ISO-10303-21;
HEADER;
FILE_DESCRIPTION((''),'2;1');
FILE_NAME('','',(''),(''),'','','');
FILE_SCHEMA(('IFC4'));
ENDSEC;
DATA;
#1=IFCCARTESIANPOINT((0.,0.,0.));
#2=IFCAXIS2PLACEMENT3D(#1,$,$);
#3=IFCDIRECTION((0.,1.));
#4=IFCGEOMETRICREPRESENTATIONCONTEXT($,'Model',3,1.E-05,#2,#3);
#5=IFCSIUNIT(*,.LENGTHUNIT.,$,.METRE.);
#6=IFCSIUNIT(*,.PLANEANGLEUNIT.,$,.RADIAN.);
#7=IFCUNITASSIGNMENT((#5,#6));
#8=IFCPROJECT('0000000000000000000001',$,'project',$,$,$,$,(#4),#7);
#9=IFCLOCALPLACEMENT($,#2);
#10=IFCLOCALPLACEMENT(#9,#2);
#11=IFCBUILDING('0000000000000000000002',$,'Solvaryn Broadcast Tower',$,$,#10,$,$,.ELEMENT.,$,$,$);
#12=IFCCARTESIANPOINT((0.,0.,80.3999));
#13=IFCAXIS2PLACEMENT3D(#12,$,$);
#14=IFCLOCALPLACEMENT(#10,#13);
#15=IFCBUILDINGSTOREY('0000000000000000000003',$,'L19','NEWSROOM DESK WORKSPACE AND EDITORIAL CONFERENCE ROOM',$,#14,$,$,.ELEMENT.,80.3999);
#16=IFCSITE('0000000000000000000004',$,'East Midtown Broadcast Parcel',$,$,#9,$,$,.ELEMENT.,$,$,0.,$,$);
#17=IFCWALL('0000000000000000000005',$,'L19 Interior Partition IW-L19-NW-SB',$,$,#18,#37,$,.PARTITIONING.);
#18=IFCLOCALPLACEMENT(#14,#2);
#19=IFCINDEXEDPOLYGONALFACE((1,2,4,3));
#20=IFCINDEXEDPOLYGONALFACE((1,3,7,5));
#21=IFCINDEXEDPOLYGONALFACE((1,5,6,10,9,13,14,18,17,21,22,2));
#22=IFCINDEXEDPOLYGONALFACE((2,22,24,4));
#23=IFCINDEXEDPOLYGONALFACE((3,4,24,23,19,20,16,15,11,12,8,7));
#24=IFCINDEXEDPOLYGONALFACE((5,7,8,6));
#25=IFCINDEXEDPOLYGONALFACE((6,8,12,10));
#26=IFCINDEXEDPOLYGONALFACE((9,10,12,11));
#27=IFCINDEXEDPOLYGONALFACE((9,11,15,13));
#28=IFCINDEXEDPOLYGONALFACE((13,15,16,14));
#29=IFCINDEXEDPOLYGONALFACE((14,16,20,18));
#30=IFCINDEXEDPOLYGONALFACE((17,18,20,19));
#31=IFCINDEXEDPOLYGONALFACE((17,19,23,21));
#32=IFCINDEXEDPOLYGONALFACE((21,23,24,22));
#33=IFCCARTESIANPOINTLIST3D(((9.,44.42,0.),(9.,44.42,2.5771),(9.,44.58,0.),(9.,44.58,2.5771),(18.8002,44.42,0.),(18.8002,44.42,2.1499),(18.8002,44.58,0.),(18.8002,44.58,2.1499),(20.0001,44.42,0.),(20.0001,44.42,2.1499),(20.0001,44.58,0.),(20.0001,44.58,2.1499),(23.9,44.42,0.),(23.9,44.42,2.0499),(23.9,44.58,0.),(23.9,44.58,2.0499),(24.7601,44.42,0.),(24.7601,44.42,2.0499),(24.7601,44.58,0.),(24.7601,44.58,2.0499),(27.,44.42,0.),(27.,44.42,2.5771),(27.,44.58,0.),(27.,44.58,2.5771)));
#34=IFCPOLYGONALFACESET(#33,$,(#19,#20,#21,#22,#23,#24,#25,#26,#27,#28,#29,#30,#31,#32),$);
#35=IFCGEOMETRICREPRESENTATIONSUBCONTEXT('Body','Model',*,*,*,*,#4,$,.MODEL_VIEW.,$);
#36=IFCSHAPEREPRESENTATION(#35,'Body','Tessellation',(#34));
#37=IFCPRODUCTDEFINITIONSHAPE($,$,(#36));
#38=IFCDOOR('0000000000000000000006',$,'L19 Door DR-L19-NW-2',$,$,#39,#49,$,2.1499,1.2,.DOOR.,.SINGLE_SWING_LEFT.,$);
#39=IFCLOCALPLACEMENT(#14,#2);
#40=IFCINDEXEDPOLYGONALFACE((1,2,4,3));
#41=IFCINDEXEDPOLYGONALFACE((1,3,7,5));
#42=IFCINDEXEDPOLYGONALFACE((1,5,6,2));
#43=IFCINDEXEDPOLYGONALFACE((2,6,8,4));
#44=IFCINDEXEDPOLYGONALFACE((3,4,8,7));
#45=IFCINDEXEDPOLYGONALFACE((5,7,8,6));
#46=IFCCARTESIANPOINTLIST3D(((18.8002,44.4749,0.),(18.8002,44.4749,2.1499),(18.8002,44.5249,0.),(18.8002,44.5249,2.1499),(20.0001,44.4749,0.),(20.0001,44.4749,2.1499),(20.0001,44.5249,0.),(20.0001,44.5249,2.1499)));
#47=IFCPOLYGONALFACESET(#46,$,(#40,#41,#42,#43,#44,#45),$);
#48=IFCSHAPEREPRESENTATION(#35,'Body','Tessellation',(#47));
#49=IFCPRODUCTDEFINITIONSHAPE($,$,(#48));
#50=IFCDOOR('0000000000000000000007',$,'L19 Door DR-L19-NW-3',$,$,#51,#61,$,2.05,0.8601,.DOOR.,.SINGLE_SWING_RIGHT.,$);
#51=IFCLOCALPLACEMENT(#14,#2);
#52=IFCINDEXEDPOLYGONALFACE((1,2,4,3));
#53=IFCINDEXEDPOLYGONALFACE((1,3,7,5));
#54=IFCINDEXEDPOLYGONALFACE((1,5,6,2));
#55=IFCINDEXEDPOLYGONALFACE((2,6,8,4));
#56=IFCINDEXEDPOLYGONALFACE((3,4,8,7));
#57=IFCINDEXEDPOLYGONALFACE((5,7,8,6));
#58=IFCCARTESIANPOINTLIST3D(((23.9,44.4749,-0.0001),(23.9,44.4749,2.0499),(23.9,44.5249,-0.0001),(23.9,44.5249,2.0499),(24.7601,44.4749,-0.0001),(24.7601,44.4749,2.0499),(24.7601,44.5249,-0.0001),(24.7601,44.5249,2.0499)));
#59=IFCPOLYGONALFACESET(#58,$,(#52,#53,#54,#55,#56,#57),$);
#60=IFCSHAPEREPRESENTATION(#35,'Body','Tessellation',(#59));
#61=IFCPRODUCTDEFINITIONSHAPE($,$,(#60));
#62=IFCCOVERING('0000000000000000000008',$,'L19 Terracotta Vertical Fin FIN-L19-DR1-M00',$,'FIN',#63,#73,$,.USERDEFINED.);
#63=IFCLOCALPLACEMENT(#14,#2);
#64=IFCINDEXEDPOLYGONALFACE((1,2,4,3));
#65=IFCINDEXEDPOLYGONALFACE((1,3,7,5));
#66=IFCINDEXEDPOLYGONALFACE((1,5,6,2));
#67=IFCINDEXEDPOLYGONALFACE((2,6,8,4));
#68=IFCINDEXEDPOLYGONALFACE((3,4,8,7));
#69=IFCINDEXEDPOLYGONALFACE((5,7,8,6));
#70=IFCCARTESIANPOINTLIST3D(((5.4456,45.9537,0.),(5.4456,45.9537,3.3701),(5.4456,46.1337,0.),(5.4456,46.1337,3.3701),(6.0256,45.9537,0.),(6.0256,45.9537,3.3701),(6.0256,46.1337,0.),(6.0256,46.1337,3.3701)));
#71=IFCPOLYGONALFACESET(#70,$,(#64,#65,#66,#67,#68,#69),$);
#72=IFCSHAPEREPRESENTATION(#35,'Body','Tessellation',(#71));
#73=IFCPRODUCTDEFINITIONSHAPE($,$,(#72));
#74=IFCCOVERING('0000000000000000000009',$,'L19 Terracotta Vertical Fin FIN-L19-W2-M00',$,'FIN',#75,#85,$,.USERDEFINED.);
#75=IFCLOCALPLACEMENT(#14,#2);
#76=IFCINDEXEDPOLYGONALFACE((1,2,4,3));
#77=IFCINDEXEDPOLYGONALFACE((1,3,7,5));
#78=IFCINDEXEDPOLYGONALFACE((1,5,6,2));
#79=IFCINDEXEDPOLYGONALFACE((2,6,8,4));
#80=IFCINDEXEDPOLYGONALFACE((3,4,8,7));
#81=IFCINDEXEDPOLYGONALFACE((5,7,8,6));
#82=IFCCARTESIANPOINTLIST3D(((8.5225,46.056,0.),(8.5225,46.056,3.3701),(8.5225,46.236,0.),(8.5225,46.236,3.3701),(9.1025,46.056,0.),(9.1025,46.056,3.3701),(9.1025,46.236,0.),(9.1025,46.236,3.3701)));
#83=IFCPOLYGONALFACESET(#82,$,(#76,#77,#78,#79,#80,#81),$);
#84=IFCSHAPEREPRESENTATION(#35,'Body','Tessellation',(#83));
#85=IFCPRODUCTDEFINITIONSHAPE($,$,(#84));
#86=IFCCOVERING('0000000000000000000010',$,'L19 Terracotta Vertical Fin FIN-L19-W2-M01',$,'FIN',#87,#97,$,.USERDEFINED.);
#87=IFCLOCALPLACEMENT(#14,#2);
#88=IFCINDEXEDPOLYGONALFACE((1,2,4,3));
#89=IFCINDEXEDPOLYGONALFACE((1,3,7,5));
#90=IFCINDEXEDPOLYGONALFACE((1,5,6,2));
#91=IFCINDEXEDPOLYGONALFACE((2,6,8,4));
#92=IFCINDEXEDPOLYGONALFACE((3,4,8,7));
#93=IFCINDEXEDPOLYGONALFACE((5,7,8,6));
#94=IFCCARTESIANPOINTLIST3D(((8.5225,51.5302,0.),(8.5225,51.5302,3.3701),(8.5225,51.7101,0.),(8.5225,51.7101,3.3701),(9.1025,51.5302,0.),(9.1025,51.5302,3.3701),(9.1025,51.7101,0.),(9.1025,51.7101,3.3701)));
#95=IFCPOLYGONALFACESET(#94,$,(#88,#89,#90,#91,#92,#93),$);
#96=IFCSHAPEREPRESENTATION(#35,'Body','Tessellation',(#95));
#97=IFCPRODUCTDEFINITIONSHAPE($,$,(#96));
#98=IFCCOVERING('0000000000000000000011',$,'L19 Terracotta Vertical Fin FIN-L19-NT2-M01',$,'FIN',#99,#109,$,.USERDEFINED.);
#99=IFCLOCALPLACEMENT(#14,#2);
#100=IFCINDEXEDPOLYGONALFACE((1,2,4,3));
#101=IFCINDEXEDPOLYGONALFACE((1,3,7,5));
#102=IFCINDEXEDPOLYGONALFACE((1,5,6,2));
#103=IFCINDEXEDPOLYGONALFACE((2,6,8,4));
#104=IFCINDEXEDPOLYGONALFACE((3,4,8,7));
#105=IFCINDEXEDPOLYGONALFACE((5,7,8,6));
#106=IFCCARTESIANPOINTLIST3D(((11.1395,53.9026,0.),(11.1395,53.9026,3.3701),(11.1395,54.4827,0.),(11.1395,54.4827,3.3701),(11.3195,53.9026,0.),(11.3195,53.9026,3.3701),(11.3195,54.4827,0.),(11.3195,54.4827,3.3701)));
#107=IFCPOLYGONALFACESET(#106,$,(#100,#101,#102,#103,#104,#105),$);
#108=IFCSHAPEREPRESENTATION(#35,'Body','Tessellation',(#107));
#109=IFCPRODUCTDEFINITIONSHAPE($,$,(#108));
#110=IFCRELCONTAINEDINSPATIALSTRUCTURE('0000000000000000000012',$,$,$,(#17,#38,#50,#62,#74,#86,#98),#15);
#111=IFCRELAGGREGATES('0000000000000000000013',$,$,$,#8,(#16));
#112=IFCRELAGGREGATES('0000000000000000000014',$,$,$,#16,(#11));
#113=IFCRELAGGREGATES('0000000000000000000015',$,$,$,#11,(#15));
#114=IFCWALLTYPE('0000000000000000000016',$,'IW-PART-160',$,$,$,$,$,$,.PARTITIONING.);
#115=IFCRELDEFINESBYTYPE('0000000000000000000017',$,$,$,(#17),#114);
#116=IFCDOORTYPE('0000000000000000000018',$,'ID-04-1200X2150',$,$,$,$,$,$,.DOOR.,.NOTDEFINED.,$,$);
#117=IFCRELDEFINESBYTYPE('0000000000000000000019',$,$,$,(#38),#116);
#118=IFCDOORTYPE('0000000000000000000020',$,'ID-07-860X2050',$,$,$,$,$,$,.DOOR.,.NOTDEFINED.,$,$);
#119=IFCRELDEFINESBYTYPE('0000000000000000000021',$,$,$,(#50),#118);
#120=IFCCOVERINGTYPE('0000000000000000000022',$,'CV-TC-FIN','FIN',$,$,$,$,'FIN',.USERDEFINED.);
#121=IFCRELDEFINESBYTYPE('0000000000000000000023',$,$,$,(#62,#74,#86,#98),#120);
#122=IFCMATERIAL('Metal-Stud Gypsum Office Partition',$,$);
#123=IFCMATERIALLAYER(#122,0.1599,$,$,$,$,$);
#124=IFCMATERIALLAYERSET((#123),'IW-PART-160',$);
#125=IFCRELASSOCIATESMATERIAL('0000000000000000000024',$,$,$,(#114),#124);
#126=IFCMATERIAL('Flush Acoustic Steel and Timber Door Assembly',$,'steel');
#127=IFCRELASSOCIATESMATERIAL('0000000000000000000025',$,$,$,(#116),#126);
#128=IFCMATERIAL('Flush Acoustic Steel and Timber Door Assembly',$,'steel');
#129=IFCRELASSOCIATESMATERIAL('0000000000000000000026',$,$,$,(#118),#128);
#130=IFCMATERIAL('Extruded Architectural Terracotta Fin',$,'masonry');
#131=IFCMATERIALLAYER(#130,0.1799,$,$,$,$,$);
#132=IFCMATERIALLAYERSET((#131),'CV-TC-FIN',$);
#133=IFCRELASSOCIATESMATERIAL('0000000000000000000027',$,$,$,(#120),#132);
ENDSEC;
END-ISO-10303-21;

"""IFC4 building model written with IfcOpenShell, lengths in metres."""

from ifc_helpers import new_model, si_unit, direction, frame, frame_2d, origin, origin_2d, place, context, subcontext, project, spatial, rectangle, extrude, material, layer, layer_set, type_object, element, fill, save


model = new_model("IFC4")

# Units and contexts
model_context = context("Model", 3, precision=1e-05, world=origin(), true_north=direction((0.0, 1.0)))
body_context = subcontext(model_context, "Body", "Model", "MODEL_VIEW")
ifc_project = project(units=[si_unit("LENGTHUNIT", "METRE"), si_unit("PLANEANGLEUNIT", "RADIAN")], contexts=[model_context])

# Site, building, storey
site_placement = place(None, origin())
site = spatial("IfcSite", under=ifc_project, at=site_placement, Name="East Midtown Broadcast Parcel", CompositionType="ELEMENT", RefElevation=0.0)
building_placement = place(site_placement, origin())
building = spatial("IfcBuilding", under=site, at=building_placement, Name="Solvaryn Broadcast Tower", CompositionType="ELEMENT")
storey_placement = place(building_placement, frame((0.0, 0.0, 80.3999)))
storey = spatial("IfcBuildingStorey", under=building, at=storey_placement, Name="L19", Description="NEWSROOM DESK WORKSPACE AND EDITORIAL CONFERENCE ROOM", CompositionType="ELEMENT", Elevation=80.3999)

# Shared definitions
ifc_material_1 = material(Name="Metal-Stud Gypsum Office Partition")
ifc_layer_1 = layer(ifc_material_1, 0.1599)
ifc_layer_set_1 = layer_set([ifc_layer_1], Name="IW-PART-160")
wall_type_1 = type_object("IfcWallType", Name="IW-PART-160", PredefinedType="PARTITIONING", material=ifc_layer_set_1)

# Wall, openings, doors
wall_1_placement = place(storey_placement, frame((9.0, 44.5, 0.0), z_axis=(0.0, 0.0, 1.0), x_axis=(1.0, 0.0, 0.0)))
wall_1 = element("IfcWall", 1, at=wall_1_placement, inside=storey, type_object=wall_type_1, Name="L19 Interior Partition IW-L19-NW-SB", PredefinedType="PARTITIONING", context=body_context, shape_type="SweptSolid", body=[
    extrude(rectangle(XDim=18.0, YDim=0.1599, at=frame_2d((9.0, 0.0))), origin(), (0.0, 0.0, 1.0), 2.5771),
])
opening_1_placement = place(wall_1_placement, frame((9.8, 0.0, 0.0)))
opening_1 = element("IfcOpeningElement", 2, at=opening_1_placement, cuts=wall_1, PredefinedType="OPENING", context=body_context, shape_type="SweptSolid", body=[
    extrude(rectangle(XDim=1.2, YDim=2.1499, at=frame_2d((0.6001, 1.075))), frame((0.0, 0.0901, 0.0), z_axis=(0.0, -1.0, 0.0), x_axis=(1.0, 0.0, 0.0)), (0.0, 0.0, 1.0), 0.1799),
])
opening_2_placement = place(wall_1_placement, frame((14.8999, 0.0, 0.0)))
opening_2 = element("IfcOpeningElement", 3, at=opening_2_placement, cuts=wall_1, PredefinedType="OPENING", context=body_context, shape_type="SweptSolid", body=[
    extrude(rectangle(XDim=0.8601, YDim=2.05, at=frame_2d((0.4302, 1.0249))), frame((0.0, 0.0901, 0.0), z_axis=(0.0, -1.0, 0.0), x_axis=(1.0, 0.0, 0.0)), (0.0, 0.0, 1.0), 0.1799),
])
ifc_material_2 = material(Name="Flush Acoustic Steel and Timber Door Assembly", Category="steel")
door_type_1 = type_object("IfcDoorType", Name="ID-04-1200X2150", OperationType="NOTDEFINED", PredefinedType="DOOR", material=ifc_material_2)
door_1_placement = place(opening_1_placement, origin())
door_1 = element("IfcDoor", 4, at=door_1_placement, inside=storey, type_object=door_type_1, Name="L19 Door DR-L19-NW-2", OperationType="SINGLE_SWING_LEFT", OverallHeight=2.1499, OverallWidth=1.2, PredefinedType="DOOR", context=body_context, shape_type="SweptSolid", body=[
    extrude(rectangle(XDim=1.2, YDim=2.1499, at=frame_2d((0.6001, 1.075))), frame((0.0, 0.0249, 0.0), z_axis=(0.0, -1.0, 0.0), x_axis=(1.0, 0.0, 0.0)), (0.0, 0.0, 1.0), 0.05),
])
fill(opening_1, door_1)
ifc_material_3 = material(Name="Flush Acoustic Steel and Timber Door Assembly", Category="steel")
door_type_2 = type_object("IfcDoorType", Name="ID-07-860X2050", OperationType="NOTDEFINED", PredefinedType="DOOR", material=ifc_material_3)
door_2_placement = place(opening_2_placement, origin())
door_2 = element("IfcDoor", 5, at=door_2_placement, inside=storey, type_object=door_type_2, Name="L19 Door DR-L19-NW-3", OperationType="SINGLE_SWING_RIGHT", OverallHeight=2.05, OverallWidth=0.8601, PredefinedType="DOOR", context=body_context, shape_type="SweptSolid", body=[
    extrude(rectangle(XDim=0.8601, YDim=2.05, at=frame_2d((0.4302, 1.0249))), frame((0.0, 0.0249, 0.0), z_axis=(0.0, -1.0, 0.0), x_axis=(1.0, 0.0, 0.0)), (0.0, 0.0, 1.0), 0.05),
])
fill(opening_2, door_2)

# Coverings
ifc_material_4 = material(Name="Extruded Architectural Terracotta Fin", Category="masonry")
ifc_layer_2 = layer(ifc_material_4, 0.1799)
ifc_layer_set_2 = layer_set([ifc_layer_2], Name="CV-TC-FIN")
covering_type = type_object("IfcCoveringType", Name="CV-TC-FIN", Description="FIN", ElementType="FIN", PredefinedType="USERDEFINED", material=ifc_layer_set_2)
for number, where, z_axis, x_axis, name in (
    (6, (5.7356, 46.0437, 0.0), (0.0, 0.0, 1.0), (1.0, 0.0, 0.0), "L19 Terracotta Vertical Fin FIN-L19-DR1-M00"),
    (7, (8.8125, 46.146, 0.0), (0.0, 0.0, 1.0), (1.0, 0.0, 0.0), "L19 Terracotta Vertical Fin FIN-L19-W2-M00"),
    (8, (8.8125, 51.6201, 0.0), (0.0, 0.0, 1.0), (1.0, 0.0, 0.0), "L19 Terracotta Vertical Fin FIN-L19-W2-M01"),
):
    element("IfcCovering", number, at=place(storey_placement, frame(where, z_axis=z_axis, x_axis=x_axis)), inside=storey, type_object=covering_type, Name=name, ObjectType="FIN", PredefinedType="USERDEFINED", context=body_context, shape_type="SweptSolid", body=[
        extrude(rectangle(XDim=0.5801, YDim=0.1799, at=origin_2d()), origin(), (0.0, 0.0, 1.0), 3.3701),
    ])
covering_placement = place(storey_placement, frame((11.2295, 54.1926, 0.0), z_axis=(0.0, 0.0, 1.0), x_axis=(1.0, 0.0, 0.0)))
element("IfcCovering", 9, at=covering_placement, inside=storey, type_object=covering_type, Name="L19 Terracotta Vertical Fin FIN-L19-NT2-M01", ObjectType="FIN", PredefinedType="USERDEFINED", context=body_context, shape_type="SweptSolid", body=[
    extrude(rectangle(XDim=0.1799, YDim=0.5801, at=origin_2d()), origin(), (0.0, 0.0, 1.0), 3.3701),
])

save(model, "model.ifc")
